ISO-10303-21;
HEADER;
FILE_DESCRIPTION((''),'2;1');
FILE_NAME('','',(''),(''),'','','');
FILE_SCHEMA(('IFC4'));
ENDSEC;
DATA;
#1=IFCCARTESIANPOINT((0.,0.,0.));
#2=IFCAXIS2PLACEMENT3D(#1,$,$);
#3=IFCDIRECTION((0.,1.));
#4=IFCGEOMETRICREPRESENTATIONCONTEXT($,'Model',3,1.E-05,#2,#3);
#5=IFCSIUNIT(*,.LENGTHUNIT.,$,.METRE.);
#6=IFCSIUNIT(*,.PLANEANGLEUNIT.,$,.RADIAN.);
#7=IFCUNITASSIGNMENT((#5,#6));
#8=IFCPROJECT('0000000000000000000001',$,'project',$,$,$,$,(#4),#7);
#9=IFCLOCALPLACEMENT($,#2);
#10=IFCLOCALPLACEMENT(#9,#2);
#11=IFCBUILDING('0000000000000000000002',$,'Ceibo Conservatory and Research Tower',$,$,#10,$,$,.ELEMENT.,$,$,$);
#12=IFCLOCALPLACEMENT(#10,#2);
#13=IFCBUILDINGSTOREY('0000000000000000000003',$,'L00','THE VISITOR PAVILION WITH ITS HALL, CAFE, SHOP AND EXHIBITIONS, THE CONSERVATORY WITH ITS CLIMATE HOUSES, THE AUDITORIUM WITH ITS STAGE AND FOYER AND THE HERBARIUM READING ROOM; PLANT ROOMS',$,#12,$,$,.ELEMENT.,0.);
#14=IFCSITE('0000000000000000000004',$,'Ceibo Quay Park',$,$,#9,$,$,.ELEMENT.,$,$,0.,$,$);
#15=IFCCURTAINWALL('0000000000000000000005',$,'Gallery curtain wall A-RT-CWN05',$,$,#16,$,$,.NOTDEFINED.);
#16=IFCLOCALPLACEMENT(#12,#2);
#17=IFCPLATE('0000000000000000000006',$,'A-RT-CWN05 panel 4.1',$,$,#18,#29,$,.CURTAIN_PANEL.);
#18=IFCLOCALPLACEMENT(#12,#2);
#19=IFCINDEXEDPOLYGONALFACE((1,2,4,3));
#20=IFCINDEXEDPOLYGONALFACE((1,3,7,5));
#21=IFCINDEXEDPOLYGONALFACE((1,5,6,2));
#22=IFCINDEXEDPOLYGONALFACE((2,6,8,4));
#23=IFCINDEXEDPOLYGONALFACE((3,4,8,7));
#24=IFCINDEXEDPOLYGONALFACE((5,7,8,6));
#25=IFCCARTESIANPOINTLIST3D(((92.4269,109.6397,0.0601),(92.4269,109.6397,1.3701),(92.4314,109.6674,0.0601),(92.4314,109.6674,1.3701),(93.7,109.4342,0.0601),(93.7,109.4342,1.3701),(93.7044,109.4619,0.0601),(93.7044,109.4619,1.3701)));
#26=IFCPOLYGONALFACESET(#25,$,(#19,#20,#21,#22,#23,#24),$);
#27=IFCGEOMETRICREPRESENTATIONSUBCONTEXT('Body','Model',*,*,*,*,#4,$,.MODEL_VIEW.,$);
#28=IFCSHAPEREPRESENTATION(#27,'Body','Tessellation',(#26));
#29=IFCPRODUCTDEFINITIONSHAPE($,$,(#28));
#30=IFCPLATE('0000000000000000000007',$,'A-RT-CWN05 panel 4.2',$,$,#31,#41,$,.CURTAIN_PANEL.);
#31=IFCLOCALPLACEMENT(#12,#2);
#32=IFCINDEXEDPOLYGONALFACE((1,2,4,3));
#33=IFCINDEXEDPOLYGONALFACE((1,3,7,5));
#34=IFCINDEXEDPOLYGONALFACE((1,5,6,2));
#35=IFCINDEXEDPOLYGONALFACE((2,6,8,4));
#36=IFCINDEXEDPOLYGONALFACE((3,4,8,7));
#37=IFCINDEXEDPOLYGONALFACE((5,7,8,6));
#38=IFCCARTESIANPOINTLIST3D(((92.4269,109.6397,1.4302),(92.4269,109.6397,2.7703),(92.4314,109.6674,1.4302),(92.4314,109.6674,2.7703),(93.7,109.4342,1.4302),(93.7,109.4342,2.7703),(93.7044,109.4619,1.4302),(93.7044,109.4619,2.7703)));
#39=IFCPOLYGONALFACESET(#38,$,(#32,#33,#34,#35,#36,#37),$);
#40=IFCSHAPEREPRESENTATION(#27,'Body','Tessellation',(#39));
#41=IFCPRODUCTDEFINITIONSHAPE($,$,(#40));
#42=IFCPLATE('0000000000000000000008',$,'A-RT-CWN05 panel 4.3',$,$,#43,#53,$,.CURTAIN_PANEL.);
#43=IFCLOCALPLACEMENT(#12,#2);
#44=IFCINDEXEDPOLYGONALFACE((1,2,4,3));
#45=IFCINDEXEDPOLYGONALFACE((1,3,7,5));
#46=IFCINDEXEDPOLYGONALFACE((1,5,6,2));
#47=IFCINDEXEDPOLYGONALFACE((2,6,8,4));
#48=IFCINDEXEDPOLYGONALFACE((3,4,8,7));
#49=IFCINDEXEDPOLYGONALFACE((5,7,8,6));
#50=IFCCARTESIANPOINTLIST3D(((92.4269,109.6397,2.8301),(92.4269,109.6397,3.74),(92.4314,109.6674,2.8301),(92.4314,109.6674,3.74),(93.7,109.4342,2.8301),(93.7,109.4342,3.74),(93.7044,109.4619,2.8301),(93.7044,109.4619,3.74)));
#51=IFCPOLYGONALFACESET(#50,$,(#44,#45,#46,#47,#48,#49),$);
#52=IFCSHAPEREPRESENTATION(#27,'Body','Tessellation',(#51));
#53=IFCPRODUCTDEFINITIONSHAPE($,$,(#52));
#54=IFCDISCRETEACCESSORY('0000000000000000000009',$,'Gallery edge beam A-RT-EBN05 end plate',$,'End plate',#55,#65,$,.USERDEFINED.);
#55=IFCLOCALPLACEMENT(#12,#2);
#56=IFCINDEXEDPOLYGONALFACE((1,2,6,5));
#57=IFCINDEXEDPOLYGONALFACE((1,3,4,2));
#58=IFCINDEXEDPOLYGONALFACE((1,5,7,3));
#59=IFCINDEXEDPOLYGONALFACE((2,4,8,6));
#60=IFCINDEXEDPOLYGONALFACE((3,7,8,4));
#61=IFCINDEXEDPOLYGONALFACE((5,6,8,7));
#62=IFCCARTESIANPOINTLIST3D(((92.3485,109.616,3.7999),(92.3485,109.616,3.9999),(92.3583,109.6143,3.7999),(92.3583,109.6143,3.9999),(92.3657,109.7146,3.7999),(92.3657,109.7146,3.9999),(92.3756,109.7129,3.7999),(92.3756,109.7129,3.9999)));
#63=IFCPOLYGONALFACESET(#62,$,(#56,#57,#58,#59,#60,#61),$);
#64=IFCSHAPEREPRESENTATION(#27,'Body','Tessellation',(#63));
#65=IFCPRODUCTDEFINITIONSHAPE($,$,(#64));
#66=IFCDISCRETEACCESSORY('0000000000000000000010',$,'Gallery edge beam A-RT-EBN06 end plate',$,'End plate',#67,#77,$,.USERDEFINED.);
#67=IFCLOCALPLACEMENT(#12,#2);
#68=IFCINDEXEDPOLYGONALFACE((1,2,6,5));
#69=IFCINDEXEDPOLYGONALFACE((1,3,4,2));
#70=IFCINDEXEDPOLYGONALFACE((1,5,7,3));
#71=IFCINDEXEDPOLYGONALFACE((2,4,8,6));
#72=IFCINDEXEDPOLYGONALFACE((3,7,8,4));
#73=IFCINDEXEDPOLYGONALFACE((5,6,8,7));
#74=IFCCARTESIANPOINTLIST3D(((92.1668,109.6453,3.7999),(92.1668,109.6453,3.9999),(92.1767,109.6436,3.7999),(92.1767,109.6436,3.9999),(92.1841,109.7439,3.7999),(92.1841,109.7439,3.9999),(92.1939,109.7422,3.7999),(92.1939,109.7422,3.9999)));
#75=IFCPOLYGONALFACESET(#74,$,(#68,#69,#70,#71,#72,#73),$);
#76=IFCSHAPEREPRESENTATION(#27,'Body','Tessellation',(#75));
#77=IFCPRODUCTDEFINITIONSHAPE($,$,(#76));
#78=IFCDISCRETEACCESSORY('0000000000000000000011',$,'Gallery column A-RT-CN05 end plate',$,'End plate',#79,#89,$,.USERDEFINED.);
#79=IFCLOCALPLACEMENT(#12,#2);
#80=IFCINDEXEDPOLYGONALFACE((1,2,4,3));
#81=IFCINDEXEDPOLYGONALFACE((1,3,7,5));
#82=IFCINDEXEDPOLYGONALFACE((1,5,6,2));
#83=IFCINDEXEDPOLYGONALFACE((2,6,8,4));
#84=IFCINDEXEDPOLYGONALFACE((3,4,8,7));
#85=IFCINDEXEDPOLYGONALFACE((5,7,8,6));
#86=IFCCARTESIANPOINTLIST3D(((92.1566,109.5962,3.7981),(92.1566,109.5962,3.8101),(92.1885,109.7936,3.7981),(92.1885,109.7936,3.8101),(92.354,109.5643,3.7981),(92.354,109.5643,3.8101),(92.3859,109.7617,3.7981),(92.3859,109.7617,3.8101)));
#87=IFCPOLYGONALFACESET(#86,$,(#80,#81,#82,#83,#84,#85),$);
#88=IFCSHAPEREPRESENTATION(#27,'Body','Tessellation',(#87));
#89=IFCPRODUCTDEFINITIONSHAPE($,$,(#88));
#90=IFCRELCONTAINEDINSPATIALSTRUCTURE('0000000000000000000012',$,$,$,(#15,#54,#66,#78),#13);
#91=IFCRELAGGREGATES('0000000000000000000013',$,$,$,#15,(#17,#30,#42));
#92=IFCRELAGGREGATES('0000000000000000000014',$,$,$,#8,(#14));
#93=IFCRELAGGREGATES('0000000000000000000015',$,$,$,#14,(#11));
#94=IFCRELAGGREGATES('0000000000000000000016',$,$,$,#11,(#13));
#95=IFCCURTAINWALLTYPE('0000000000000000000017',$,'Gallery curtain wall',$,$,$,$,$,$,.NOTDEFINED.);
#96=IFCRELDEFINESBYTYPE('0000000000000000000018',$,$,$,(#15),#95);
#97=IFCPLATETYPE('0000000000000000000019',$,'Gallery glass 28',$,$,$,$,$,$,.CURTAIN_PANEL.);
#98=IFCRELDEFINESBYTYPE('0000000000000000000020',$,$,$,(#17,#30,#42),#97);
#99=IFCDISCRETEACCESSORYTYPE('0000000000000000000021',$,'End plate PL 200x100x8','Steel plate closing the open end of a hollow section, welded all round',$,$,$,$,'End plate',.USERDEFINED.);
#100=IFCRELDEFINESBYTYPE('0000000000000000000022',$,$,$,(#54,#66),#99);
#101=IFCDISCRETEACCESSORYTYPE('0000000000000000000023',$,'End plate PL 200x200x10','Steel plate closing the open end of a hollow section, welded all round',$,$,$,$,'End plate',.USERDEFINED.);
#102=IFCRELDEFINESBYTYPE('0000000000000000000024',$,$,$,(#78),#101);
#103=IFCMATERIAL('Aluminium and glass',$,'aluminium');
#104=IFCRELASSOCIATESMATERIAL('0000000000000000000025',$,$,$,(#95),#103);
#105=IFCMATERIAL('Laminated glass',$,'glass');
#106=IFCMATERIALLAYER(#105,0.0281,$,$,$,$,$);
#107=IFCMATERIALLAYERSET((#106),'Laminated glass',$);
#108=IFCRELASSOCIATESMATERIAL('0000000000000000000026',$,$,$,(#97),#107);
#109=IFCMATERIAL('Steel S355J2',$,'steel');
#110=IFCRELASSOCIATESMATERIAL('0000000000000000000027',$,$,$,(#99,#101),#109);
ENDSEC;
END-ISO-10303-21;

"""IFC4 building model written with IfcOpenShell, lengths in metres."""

from ifc_helpers import new_model, si_unit, direction, frame, origin, origin_2d, place, context, subcontext, project, spatial, rectangle, extrude, material, layer, layer_set, material_profile, profile_set, type_object, element, aggregate, save


model = new_model("IFC4")

# Units and contexts
model_context = context("Model", 3, precision=1e-05, world=origin(), true_north=direction((0.0, 1.0)))
body_context = subcontext(model_context, "Body", "Model", "MODEL_VIEW")
ifc_project = project(units=[si_unit("LENGTHUNIT", "METRE"), si_unit("PLANEANGLEUNIT", "RADIAN")], contexts=[model_context])

# Site, building, storey
site_placement = place(None, origin())
site = spatial("IfcSite", under=ifc_project, at=site_placement, Name="Ceibo Quay Park", CompositionType="ELEMENT", RefElevation=0.0)
building_placement = place(site_placement, origin())
building = spatial("IfcBuilding", under=site, at=building_placement, Name="Ceibo Conservatory and Research Tower", CompositionType="ELEMENT")
storey_placement = place(building_placement, origin())
storey = spatial("IfcBuildingStorey", under=building, at=storey_placement, Name="L00", Description="THE VISITOR PAVILION WITH ITS HALL, CAFE, SHOP AND EXHIBITIONS, THE CONSERVATORY WITH ITS CLIMATE HOUSES, THE AUDITORIUM WITH ITS STAGE AND FOYER AND THE HERBARIUM READING ROOM; PLANT ROOMS", CompositionType="ELEMENT", Elevation=0.0)

# Curtain wall
ifc_material_1 = material(Name="Aluminium and glass", Category="aluminium")
curtain_wall_type = type_object("IfcCurtainWallType", Name="Gallery curtain wall", PredefinedType="NOTDEFINED", material=ifc_material_1)
curtain_wall_1_placement = place(storey_placement, origin())
curtain_wall_1 = element("IfcCurtainWall", 1, at=curtain_wall_1_placement, inside=storey, type_object=curtain_wall_type, Name="Gallery curtain wall A-RT-CWN05", PredefinedType="NOTDEFINED")

# Shared definitions
ifc_material_2 = material(Name="Steel S355J2", Category="steel")

# Plates
ifc_material_3 = material(Name="Laminated glass", Category="glass")
ifc_layer = layer(ifc_material_3, 0.0281)
ifc_layer_set = layer_set([ifc_layer], Name="Laminated glass")
plate_type = type_object("IfcPlateType", Name="Gallery glass 28", PredefinedType="CURTAIN_PANEL", material=ifc_layer_set)
plate_1_placement = place(storey_placement, frame((93.0657, 109.5508, 0.0601), z_axis=(0.0, 0.0, 1.0), x_axis=(-0.987216, 0.159391, 0.0)))
plate_1 = element("IfcPlate", 2, at=plate_1_placement, type_object=plate_type, Name="A-RT-CWN05 panel 4.1", PredefinedType="CURTAIN_PANEL", context=body_context, shape_type="SweptSolid", body=[
    extrude(rectangle(XDim=1.2896, YDim=0.0281, at=origin_2d()), origin(), (0.0, 0.0, 1.0), 1.3101),
])
plate_2_placement = place(storey_placement, frame((93.0657, 109.5508, 1.4302), z_axis=(0.0, 0.0, 1.0), x_axis=(-0.987216, 0.159391, 0.0)))
plate_2 = element("IfcPlate", 3, at=plate_2_placement, type_object=plate_type, Name="A-RT-CWN05 panel 4.2", PredefinedType="CURTAIN_PANEL", context=body_context, shape_type="SweptSolid", body=[
    extrude(rectangle(XDim=1.2896, YDim=0.0281, at=origin_2d()), origin(), (0.0, 0.0, 1.0), 1.3401),
])
plate_3_placement = place(storey_placement, frame((93.0657, 109.5508, 2.8301), z_axis=(0.0, 0.0, 1.0), x_axis=(-0.987216, 0.159391, 0.0)))
plate_3 = element("IfcPlate", 4, at=plate_3_placement, type_object=plate_type, Name="A-RT-CWN05 panel 4.3", PredefinedType="CURTAIN_PANEL", context=body_context, shape_type="SweptSolid", body=[
    extrude(rectangle(XDim=1.2896, YDim=0.0281, at=origin_2d()), origin(), (0.0, 0.0, 1.0), 0.9099),
])
aggregate(curtain_wall_1, [plate_1, plate_2, plate_3])

# Discrete accessories
ifc_material_profile_1 = material_profile(ifc_material_2, rectangle(XDim=0.1001, YDim=0.2, at=origin_2d()), Name="End plate PL 200x100x8")
ifc_profile_set_1 = profile_set([ifc_material_profile_1], Name="Steel S355J2")
discrete_accessory_type_1 = type_object("IfcDiscreteAccessoryType", Name="End plate PL 200x100x8", Description="Steel plate closing the open end of a hollow section, welded all round", ElementType="End plate", PredefinedType="USERDEFINED", material=ifc_profile_set_1)
for number, where, z_axis, x_axis, name in (
    (5, (92.3669, 109.6636, 3.8999), (-0.98503, 0.17238, 0.0), (-0.17238, -0.98503, 0.0), "Gallery edge beam A-RT-EBN05 end plate"),
    (6, (92.1853, 109.6929, 3.8999), (-0.98503, 0.17238, 0.0), (-0.17238, -0.98503, 0.0), "Gallery edge beam A-RT-EBN06 end plate"),
):
    element("IfcDiscreteAccessory", number, at=place(storey_placement, frame(where, z_axis=z_axis, x_axis=x_axis)), inside=storey, type_object=discrete_accessory_type_1, Name=name, ObjectType="End plate", PredefinedType="USERDEFINED", context=body_context, shape_type="SweptSolid", body=[
        extrude(rectangle(XDim=0.1001, YDim=0.2, at=origin_2d()), origin(), (0.0, 0.0, 1.0), 0.01),
    ])
ifc_material_profile_2 = material_profile(ifc_material_2, rectangle(XDim=0.2, YDim=0.2, at=origin_2d()), Name="End plate PL 200x200x10")
ifc_profile_set_2 = profile_set([ifc_material_profile_2], Name="Steel S355J2")
discrete_accessory_type_2 = type_object("IfcDiscreteAccessoryType", Name="End plate PL 200x200x10", Description="Steel plate closing the open end of a hollow section, welded all round", ElementType="End plate", PredefinedType="USERDEFINED", material=ifc_profile_set_2)
discrete_accessory_placement = place(storey_placement, frame((92.2712, 109.679, 3.7981), z_axis=(0.0, 0.0, 1.0), x_axis=(-0.987216, 0.159391, 0.0)))
element("IfcDiscreteAccessory", 7, at=discrete_accessory_placement, inside=storey, type_object=discrete_accessory_type_2, Name="Gallery column A-RT-CN05 end plate", ObjectType="End plate", PredefinedType="USERDEFINED", context=body_context, shape_type="SweptSolid", body=[
    extrude(rectangle(XDim=0.2, YDim=0.2, at=origin_2d()), origin(), (0.0, 0.0, 1.0), 0.012),
])

save(model, "model.ifc")
